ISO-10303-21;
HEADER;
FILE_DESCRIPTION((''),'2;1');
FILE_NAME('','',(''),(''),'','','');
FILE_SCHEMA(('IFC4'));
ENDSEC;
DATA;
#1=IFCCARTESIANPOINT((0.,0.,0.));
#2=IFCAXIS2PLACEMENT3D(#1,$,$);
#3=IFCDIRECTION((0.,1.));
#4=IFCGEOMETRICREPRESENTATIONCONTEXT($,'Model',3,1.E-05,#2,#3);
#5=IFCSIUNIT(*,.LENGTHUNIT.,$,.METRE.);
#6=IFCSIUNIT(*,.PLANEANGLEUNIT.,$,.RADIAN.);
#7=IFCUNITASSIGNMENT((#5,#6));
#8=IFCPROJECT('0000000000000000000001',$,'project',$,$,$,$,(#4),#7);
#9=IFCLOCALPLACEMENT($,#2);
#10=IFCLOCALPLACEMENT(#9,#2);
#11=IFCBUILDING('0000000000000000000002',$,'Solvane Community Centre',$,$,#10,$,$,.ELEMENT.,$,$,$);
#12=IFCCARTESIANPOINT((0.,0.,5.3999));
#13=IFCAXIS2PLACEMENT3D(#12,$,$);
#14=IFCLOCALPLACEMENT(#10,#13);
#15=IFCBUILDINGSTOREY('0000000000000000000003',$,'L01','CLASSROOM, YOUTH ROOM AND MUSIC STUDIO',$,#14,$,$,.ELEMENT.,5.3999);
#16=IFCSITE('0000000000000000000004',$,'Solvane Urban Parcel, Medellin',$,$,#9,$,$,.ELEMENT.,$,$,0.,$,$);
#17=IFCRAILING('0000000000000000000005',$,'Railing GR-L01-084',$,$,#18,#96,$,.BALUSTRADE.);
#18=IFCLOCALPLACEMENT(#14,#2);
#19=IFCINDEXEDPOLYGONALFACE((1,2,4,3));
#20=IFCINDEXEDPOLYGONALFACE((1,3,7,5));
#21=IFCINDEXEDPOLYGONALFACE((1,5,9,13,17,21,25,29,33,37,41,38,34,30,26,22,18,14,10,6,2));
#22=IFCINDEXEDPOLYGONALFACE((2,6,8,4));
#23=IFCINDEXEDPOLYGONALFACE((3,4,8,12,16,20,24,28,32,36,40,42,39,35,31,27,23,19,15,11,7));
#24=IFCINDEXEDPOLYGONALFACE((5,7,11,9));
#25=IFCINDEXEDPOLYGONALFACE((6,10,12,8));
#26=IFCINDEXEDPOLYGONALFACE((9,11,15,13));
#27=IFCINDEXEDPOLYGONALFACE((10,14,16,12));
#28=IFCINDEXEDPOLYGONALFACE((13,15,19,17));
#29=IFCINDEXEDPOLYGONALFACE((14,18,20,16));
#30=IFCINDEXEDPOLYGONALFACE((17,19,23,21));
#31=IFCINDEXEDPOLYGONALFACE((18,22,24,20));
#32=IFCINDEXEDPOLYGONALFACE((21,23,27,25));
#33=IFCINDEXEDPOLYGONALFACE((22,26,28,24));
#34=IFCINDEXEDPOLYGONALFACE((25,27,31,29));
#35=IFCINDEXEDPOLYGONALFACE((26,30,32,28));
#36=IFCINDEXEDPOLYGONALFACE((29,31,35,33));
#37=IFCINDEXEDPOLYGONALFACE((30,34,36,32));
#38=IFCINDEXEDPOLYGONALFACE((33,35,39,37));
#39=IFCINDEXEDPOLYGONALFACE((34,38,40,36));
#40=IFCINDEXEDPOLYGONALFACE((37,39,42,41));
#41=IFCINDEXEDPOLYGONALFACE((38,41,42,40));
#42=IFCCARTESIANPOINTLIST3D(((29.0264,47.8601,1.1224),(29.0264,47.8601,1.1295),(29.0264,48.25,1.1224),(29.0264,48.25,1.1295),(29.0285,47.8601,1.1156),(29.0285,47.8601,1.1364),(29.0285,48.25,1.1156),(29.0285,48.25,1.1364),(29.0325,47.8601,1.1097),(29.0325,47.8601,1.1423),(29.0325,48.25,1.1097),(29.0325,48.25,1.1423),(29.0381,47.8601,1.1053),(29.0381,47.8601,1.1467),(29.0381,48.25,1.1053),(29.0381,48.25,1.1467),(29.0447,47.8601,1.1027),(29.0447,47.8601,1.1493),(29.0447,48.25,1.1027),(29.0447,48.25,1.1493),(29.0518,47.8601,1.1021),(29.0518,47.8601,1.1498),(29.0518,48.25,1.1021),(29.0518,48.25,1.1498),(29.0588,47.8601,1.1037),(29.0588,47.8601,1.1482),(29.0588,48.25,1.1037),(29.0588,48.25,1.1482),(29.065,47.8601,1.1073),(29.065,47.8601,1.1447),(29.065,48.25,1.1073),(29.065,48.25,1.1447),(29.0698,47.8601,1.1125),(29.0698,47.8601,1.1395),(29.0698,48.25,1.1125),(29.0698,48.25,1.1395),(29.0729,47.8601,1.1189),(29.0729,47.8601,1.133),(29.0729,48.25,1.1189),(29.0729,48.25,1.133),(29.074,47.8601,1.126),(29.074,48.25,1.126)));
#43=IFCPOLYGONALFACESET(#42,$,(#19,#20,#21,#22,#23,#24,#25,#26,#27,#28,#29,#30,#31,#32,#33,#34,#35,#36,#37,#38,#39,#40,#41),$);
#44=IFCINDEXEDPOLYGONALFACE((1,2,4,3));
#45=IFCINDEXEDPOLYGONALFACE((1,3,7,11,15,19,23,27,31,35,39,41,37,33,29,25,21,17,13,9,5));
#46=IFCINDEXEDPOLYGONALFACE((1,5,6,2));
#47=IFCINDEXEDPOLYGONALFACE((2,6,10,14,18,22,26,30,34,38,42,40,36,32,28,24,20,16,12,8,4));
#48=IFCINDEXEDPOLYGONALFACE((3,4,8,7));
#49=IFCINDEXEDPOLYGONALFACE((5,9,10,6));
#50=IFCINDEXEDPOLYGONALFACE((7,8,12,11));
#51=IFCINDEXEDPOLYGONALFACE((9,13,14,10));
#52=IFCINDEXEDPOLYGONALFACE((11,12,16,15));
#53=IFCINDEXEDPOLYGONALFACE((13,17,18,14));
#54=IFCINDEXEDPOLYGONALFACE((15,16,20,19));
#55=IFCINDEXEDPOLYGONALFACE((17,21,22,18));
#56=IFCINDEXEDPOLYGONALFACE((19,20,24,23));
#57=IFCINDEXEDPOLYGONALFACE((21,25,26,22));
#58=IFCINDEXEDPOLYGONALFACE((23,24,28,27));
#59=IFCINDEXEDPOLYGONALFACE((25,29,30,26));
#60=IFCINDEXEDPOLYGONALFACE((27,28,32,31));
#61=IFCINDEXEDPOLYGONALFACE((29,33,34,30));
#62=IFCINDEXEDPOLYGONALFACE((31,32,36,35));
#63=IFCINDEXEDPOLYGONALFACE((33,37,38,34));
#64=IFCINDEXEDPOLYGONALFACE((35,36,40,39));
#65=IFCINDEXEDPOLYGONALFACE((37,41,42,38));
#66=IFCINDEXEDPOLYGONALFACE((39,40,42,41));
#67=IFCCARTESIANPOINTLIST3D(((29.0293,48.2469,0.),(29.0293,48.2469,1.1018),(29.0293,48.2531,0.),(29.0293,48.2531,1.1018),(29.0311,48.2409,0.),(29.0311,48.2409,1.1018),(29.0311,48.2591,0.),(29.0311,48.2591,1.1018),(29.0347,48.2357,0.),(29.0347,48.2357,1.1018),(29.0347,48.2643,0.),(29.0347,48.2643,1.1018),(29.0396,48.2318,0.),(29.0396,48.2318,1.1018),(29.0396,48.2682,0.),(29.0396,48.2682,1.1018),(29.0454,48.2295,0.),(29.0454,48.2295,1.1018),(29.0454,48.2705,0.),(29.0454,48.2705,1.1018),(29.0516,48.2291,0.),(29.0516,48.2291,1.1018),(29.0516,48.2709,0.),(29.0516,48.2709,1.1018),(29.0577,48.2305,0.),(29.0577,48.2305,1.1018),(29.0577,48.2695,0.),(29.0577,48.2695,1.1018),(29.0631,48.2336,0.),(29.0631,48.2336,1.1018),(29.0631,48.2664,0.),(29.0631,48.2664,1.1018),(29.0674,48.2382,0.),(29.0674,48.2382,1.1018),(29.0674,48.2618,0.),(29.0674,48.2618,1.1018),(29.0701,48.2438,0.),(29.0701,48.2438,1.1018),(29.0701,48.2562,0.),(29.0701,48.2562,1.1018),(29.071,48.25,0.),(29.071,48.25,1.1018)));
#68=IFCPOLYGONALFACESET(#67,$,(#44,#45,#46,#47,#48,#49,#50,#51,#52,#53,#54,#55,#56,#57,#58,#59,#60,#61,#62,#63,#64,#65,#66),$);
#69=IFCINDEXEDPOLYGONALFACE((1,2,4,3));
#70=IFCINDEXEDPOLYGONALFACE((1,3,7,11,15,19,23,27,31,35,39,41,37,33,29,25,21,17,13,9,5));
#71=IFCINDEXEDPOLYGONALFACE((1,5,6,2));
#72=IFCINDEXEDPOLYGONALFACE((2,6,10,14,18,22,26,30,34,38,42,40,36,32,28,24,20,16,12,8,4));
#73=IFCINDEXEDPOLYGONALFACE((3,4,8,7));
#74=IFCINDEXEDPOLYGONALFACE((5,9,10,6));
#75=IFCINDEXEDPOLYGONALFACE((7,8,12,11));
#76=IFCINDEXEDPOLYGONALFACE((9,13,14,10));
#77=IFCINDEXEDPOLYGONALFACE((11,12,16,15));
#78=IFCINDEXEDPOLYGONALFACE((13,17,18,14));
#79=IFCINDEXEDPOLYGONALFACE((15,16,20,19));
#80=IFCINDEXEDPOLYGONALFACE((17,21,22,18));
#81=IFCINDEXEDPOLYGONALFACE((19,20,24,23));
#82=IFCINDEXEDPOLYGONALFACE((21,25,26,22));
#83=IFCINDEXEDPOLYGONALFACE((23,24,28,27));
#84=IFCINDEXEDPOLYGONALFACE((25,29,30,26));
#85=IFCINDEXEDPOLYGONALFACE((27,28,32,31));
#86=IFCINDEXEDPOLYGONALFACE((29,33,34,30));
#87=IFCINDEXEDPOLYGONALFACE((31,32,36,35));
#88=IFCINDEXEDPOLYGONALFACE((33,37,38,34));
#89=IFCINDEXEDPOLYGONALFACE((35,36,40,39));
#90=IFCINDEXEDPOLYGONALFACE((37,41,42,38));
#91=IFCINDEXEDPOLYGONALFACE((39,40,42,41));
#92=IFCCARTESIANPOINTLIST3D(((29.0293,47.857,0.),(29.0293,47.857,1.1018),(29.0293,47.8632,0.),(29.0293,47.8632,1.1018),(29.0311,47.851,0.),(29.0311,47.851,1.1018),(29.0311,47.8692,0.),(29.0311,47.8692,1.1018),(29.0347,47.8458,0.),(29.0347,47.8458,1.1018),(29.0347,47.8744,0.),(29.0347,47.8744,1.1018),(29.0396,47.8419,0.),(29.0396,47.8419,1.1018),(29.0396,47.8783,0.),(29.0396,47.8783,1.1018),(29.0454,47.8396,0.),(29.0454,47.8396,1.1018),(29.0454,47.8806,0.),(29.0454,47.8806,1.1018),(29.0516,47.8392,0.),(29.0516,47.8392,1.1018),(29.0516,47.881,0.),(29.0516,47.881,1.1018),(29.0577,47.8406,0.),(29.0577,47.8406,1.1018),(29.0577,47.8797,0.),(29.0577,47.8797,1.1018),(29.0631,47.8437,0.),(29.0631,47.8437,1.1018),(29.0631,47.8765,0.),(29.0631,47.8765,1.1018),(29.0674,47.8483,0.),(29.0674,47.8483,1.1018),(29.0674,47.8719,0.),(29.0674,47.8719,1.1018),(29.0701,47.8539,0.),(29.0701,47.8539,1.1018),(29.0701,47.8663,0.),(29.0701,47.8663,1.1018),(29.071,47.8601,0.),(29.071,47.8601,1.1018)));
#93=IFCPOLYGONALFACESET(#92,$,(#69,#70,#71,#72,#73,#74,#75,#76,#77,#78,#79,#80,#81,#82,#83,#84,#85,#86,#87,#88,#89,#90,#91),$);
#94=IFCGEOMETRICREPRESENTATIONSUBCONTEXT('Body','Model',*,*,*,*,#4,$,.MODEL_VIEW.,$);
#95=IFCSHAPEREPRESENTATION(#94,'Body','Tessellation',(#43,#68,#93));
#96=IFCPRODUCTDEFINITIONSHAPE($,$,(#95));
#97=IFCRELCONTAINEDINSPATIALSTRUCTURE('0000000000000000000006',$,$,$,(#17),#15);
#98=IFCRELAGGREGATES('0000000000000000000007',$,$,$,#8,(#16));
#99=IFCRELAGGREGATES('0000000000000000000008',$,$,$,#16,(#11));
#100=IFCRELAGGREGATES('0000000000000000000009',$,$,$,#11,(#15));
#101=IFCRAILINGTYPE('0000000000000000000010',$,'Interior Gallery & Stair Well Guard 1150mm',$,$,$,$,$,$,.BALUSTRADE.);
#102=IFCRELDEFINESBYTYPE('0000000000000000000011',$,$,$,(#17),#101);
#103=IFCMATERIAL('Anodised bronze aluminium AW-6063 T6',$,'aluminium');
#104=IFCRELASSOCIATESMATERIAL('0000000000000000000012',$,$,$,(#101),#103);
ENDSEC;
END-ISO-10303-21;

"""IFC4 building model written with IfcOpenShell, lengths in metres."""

from ifc_helpers import new_model, si_unit, direction, frame, origin, origin_2d, place, context, subcontext, project, spatial, circle, extrude, material, type_object, element, save


model = new_model("IFC4")

# Units and contexts
model_context = context("Model", 3, precision=1e-05, world=origin(), true_north=direction((0.0, 1.0)))
body_context = subcontext(model_context, "Body", "Model", "MODEL_VIEW")
ifc_project = project(units=[si_unit("LENGTHUNIT", "METRE"), si_unit("PLANEANGLEUNIT", "RADIAN")], contexts=[model_context])

# Site, building, storey
site_placement = place(None, origin())
site = spatial("IfcSite", under=ifc_project, at=site_placement, Name="Solvane Urban Parcel, Medellin", CompositionType="ELEMENT", RefElevation=0.0)
building_placement = place(site_placement, origin())
building = spatial("IfcBuilding", under=site, at=building_placement, Name="Solvane Community Centre", CompositionType="ELEMENT")
storey_placement = place(building_placement, frame((0.0, 0.0, 5.3999)))
storey = spatial("IfcBuildingStorey", under=building, at=storey_placement, Name="L01", Description="CLASSROOM, YOUTH ROOM AND MUSIC STUDIO", CompositionType="ELEMENT", Elevation=5.3999)

# Shared definitions
ifc_material_1 = material(Name="Anodised bronze aluminium AW-6063 T6", Category="aluminium")

# Railing
railing_type_1 = type_object("IfcRailingType", Name="Interior Gallery & Stair Well Guard 1150mm", PredefinedType="BALUSTRADE", material=ifc_material_1)
railing_1_placement = place(storey_placement, frame((29.05, 48.25, 0.0)))
element("IfcRailing", 1, at=railing_1_placement, inside=storey, type_object=railing_type_1, Name="Railing GR-L01-084", PredefinedType="BALUSTRADE", context=body_context, shape_type="SweptSolid", body=[
    extrude(circle(Radius=0.0239, at=origin_2d()), frame((0.0, 0.0, 1.126), z_axis=(0.0, -1.0, 0.0), x_axis=(1.0, 0.0, 0.0)), (0.0, 0.0, 1.0), 0.3899),
    extrude(circle(Radius=0.021, at=origin_2d()), origin(), (0.0, 0.0, 1.0), 1.1018),
    extrude(circle(Radius=0.021, at=origin_2d()), frame((0.0, -0.3899, 0.0)), (0.0, 0.0, 1.0), 1.1018),
])

save(model, "model.ifc")
